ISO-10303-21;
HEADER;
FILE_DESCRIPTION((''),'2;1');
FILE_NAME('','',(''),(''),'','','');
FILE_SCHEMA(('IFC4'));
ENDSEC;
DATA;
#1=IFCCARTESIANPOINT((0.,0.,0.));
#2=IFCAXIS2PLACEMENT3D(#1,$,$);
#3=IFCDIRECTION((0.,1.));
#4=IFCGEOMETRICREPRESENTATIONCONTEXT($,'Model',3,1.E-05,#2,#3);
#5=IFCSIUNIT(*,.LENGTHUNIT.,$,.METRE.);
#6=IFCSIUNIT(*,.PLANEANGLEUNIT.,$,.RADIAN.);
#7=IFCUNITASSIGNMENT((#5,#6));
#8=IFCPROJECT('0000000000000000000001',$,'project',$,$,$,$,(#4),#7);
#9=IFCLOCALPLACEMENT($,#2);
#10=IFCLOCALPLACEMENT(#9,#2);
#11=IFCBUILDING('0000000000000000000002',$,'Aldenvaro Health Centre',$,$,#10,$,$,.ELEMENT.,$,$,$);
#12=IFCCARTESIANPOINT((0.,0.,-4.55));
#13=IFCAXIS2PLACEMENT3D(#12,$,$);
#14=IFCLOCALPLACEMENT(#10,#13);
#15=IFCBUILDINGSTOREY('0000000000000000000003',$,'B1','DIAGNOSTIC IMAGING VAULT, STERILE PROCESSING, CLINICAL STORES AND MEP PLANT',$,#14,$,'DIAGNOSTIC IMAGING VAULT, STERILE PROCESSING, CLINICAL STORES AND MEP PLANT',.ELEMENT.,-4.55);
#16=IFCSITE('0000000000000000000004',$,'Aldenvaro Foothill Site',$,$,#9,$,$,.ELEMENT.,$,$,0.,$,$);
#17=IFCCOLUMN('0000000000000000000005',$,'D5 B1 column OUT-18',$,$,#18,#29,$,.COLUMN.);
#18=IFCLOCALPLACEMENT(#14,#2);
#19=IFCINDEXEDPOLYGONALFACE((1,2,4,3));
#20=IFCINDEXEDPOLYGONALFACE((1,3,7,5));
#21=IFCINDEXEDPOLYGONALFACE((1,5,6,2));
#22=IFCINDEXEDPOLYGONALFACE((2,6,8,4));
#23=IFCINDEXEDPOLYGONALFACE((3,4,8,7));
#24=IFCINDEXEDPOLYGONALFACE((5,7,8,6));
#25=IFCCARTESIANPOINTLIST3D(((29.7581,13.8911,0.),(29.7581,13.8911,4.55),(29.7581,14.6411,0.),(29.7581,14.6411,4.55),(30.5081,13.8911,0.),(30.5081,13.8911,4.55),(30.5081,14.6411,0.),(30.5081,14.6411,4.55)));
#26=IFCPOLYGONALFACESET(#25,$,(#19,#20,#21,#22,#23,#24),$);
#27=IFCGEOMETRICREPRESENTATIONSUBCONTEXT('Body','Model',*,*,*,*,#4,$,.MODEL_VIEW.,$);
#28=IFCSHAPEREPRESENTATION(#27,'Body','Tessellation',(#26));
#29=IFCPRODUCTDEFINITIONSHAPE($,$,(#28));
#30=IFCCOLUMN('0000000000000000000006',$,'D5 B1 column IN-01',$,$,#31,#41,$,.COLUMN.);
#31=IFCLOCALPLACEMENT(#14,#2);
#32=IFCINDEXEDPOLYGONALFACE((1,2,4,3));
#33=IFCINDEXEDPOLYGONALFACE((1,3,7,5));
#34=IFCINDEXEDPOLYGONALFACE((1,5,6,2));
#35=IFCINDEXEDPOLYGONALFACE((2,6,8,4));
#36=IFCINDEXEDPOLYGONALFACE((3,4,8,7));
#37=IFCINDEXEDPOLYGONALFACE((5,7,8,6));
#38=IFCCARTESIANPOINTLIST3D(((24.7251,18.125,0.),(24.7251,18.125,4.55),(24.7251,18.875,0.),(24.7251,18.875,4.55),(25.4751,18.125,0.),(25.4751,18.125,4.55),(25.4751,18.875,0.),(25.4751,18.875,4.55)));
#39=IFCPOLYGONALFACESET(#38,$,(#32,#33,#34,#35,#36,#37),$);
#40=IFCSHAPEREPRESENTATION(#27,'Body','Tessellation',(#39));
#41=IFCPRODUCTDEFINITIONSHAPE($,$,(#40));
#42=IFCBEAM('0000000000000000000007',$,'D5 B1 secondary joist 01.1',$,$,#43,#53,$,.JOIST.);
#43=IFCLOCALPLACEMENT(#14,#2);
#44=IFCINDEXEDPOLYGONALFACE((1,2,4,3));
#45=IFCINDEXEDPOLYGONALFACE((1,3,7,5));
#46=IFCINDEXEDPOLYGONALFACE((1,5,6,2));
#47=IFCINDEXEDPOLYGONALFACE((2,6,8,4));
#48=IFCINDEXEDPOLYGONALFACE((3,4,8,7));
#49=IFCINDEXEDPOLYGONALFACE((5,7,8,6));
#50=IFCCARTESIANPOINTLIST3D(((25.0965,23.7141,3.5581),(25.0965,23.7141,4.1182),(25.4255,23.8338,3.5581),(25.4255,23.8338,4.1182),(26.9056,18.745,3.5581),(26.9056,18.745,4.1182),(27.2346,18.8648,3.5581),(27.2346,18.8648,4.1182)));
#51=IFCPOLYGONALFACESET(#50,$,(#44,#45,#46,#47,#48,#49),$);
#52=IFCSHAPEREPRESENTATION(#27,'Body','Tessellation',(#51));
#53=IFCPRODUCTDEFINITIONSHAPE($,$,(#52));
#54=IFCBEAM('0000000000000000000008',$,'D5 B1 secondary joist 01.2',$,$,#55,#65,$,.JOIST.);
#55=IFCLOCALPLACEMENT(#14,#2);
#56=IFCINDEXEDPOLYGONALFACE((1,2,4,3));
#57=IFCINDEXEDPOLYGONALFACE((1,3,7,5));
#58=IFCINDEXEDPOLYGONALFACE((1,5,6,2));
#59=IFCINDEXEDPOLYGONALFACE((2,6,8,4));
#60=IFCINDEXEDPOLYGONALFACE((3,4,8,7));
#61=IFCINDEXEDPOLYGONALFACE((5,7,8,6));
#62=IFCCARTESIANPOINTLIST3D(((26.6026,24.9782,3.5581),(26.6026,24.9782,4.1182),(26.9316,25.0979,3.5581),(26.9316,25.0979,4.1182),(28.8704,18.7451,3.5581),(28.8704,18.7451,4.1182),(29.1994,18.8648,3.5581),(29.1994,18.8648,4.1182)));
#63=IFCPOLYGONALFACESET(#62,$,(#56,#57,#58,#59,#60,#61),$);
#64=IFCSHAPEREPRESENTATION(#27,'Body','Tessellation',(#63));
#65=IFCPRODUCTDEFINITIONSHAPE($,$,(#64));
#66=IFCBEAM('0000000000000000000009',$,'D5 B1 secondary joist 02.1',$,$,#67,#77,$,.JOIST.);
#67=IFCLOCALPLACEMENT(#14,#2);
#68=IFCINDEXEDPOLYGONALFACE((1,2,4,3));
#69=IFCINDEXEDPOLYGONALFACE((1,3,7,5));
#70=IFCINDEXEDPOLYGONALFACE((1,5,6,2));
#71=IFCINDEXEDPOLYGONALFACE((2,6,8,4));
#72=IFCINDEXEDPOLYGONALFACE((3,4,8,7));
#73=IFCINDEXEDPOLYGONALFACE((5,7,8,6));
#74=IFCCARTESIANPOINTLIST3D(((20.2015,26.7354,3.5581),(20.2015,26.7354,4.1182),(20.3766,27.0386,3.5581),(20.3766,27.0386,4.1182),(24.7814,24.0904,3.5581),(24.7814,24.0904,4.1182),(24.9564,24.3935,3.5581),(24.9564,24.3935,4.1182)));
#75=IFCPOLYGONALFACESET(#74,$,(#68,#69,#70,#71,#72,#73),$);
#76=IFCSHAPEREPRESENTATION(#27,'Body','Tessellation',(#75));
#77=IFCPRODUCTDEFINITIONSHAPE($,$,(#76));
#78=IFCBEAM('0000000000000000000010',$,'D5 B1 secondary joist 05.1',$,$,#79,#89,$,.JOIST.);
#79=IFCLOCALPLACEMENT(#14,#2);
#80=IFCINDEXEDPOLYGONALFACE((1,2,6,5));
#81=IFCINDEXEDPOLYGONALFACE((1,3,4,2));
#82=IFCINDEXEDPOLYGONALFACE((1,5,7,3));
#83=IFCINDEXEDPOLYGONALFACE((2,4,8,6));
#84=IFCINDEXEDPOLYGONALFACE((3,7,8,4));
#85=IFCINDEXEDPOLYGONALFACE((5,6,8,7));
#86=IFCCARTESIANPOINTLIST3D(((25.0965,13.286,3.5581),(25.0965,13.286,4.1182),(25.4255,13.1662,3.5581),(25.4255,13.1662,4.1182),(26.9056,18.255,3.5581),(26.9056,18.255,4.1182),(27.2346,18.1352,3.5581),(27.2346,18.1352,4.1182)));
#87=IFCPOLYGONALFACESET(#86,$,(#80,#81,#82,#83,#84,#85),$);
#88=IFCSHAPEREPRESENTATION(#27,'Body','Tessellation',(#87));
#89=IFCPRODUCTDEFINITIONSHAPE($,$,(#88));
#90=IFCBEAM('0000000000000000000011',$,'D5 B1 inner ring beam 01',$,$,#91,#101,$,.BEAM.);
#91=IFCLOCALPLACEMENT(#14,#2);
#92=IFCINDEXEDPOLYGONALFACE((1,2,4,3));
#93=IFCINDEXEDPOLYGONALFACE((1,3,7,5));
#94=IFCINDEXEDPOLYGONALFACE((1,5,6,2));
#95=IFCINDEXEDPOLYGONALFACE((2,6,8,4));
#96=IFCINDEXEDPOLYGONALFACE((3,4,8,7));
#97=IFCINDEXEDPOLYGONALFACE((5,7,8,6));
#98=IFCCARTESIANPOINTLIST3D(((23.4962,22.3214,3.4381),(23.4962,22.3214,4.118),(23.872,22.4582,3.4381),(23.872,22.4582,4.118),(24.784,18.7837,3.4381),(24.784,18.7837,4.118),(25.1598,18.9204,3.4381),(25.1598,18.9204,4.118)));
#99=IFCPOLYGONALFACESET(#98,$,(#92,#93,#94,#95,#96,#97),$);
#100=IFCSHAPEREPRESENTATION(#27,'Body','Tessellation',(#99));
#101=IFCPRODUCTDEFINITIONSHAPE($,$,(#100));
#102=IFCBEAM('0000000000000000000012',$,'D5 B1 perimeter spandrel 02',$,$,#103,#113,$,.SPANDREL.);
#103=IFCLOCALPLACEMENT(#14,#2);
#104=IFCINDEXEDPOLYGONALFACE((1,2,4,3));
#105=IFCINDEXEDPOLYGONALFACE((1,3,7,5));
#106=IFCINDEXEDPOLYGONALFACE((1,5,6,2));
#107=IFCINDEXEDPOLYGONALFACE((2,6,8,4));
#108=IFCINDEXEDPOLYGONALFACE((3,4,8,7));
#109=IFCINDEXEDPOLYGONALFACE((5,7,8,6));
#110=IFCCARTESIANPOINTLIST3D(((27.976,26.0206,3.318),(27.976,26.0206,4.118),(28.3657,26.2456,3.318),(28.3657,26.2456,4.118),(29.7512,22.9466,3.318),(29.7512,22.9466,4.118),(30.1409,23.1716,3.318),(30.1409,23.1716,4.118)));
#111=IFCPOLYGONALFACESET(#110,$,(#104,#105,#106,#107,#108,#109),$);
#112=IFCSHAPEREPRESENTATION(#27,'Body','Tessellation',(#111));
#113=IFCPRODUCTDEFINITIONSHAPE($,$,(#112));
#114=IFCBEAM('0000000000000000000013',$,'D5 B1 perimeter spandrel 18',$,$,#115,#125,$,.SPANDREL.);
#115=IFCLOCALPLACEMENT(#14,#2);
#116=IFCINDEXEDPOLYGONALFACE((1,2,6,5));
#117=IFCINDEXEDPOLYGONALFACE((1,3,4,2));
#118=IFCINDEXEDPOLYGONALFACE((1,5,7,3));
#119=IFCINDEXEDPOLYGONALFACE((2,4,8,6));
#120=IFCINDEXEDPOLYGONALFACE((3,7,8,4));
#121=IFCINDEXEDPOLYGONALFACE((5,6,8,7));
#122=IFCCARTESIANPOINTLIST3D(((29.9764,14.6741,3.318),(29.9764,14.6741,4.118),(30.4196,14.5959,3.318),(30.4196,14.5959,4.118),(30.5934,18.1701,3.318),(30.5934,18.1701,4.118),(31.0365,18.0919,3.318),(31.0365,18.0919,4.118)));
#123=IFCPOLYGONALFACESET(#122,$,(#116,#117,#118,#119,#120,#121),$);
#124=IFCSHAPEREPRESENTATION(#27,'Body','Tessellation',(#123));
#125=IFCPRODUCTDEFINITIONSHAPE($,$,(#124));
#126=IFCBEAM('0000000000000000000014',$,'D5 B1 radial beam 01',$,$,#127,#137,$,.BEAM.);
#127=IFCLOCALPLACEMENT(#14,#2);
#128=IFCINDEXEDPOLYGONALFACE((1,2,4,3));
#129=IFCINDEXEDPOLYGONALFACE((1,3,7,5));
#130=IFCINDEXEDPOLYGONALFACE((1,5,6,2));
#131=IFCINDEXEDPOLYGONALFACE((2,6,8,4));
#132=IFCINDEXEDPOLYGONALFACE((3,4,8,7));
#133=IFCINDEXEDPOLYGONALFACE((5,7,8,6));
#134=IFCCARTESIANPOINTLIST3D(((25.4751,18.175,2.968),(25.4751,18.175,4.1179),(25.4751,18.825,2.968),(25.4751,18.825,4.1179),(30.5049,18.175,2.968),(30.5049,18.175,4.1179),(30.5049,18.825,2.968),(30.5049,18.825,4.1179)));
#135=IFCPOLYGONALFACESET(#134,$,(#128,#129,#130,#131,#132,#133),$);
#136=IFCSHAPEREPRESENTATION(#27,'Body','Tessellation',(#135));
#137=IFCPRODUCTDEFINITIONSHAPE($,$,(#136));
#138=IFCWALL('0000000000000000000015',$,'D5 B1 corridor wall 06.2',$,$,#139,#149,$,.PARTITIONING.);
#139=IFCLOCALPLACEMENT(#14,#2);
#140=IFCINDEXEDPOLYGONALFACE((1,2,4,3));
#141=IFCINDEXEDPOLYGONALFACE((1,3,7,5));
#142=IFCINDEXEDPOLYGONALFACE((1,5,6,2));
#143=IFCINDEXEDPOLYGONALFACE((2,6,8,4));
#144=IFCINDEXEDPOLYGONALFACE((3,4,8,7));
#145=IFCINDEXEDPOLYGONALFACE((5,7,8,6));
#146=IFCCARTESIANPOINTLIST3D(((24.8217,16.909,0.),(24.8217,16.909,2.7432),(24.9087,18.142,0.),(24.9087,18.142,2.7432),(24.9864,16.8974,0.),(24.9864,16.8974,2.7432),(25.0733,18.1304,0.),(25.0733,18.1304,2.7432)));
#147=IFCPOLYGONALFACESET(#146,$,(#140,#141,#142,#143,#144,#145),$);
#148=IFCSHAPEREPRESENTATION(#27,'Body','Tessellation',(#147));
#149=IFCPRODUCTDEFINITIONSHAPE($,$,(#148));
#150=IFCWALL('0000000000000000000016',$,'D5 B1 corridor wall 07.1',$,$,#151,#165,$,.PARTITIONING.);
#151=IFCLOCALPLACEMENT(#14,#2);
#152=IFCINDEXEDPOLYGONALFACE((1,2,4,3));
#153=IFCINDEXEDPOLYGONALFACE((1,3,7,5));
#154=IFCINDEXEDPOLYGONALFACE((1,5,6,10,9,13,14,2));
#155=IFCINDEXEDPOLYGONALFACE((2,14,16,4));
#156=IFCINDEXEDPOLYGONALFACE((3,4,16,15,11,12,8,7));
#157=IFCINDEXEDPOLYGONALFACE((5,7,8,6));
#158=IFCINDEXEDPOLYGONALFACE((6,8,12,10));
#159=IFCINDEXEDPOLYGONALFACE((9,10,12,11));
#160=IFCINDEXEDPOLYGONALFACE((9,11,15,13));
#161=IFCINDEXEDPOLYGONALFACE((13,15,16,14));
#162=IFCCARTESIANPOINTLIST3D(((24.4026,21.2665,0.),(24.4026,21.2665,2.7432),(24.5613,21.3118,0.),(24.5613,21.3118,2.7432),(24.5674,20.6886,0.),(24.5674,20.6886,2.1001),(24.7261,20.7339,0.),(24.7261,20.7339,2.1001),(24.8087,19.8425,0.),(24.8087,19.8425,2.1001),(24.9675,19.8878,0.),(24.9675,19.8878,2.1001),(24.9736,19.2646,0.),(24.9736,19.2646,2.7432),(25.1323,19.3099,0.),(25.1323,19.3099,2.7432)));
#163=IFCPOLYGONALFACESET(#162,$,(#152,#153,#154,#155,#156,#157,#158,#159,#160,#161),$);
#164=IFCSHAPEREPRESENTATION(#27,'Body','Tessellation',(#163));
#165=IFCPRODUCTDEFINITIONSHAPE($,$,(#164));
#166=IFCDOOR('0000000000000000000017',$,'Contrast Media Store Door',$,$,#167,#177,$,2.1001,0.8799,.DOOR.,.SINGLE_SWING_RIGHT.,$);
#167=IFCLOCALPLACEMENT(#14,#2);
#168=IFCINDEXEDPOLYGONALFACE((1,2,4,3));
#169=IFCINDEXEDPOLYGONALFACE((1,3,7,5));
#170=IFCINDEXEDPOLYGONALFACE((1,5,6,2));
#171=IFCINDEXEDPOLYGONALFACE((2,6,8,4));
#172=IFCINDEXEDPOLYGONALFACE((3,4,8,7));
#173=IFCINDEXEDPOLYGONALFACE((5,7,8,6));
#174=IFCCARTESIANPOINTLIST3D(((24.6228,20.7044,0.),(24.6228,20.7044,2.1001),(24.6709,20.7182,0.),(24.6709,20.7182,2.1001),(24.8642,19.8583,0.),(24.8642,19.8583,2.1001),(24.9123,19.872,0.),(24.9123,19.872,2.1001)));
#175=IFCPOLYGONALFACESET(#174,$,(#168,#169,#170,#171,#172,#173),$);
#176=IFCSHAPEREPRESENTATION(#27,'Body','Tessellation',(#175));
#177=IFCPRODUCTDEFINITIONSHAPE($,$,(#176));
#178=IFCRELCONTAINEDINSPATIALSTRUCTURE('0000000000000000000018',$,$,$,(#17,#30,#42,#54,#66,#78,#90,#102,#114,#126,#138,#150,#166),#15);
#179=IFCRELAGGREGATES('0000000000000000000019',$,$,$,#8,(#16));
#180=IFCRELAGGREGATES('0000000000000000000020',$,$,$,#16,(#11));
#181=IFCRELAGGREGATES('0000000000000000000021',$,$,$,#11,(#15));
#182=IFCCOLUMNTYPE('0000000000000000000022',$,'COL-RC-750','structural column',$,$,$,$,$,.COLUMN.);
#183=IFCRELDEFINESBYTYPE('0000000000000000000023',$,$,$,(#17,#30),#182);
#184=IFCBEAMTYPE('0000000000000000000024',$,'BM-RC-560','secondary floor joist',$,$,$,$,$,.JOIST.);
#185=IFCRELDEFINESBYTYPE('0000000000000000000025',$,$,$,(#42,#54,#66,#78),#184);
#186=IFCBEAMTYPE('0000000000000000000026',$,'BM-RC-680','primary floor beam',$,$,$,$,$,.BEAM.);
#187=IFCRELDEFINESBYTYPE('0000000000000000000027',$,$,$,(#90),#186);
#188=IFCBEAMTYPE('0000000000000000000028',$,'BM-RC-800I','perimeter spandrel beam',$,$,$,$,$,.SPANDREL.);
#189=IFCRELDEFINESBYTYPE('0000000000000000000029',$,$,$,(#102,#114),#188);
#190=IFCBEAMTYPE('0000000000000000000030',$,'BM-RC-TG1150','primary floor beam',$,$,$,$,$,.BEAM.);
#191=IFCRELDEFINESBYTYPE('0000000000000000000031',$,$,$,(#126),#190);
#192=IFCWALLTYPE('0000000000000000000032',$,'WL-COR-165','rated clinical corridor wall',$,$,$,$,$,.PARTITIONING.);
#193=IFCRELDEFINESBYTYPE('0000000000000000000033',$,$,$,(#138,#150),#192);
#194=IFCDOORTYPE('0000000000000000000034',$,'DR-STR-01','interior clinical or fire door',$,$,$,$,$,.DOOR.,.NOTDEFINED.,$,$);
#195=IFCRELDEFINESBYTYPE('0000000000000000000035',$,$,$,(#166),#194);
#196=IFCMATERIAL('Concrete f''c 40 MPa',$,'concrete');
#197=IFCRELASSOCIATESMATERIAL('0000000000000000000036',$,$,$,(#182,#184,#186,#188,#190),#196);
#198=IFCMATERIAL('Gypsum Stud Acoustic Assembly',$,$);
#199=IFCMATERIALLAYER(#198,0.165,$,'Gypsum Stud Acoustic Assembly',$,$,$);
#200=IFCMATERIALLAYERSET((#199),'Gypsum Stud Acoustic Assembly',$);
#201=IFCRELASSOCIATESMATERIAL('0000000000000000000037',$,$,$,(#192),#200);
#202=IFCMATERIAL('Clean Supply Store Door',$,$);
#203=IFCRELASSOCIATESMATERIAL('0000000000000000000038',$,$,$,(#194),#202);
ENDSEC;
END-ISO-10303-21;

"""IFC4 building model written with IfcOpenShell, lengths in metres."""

from ifc_helpers import new_model, si_unit, direction, frame, frame_2d, origin, origin_2d, place, context, subcontext, project, spatial, rectangle, extrude, material, layer, layer_set, material_profile, profile_set, type_object, element, fill, save


model = new_model("IFC4")

# Units and contexts
model_context = context("Model", 3, precision=1e-05, world=origin(), true_north=direction((0.0, 1.0)))
body_context = subcontext(model_context, "Body", "Model", "MODEL_VIEW")
ifc_project = project(units=[si_unit("LENGTHUNIT", "METRE"), si_unit("PLANEANGLEUNIT", "RADIAN")], contexts=[model_context])

# Site, building, storey
site_placement = place(None, origin())
site = spatial("IfcSite", under=ifc_project, at=site_placement, Name="Aldenvaro Foothill Site", CompositionType="ELEMENT", RefElevation=0.0)
building_placement = place(site_placement, origin())
building = spatial("IfcBuilding", under=site, at=building_placement, Name="Aldenvaro Health Centre", CompositionType="ELEMENT")
storey_placement = place(building_placement, frame((0.0, 0.0, -4.55)))
storey = spatial("IfcBuildingStorey", under=building, at=storey_placement, Name="B1", Description="DIAGNOSTIC IMAGING VAULT, STERILE PROCESSING, CLINICAL STORES AND MEP PLANT", LongName="DIAGNOSTIC IMAGING VAULT, STERILE PROCESSING, CLINICAL STORES AND MEP PLANT", CompositionType="ELEMENT", Elevation=-4.55)

# Shared definitions
ifc_material_1 = material(Name="Concrete f'c 40 MPa", Category="concrete")

# Columns
ifc_material_profile_1 = material_profile(ifc_material_1, rectangle(XDim=0.75, YDim=0.75, at=origin_2d()), Name="RC 750x750", Category="concrete")
ifc_profile_set_1 = profile_set([ifc_material_profile_1], Name="Concrete f'c 40 MPa")
column_type = type_object("IfcColumnType", Name="COL-RC-750", Description="structural column", PredefinedType="COLUMN", material=ifc_profile_set_1)
for number, where, z_axis, x_axis, name in (
    (1, (30.1331, 14.2661, 0.0), (0.0, 0.0, 1.0), (1.0, 0.0, 0.0), "D5 B1 column OUT-18"),
    (2, (25.1001, 18.5, 0.0), (0.0, 0.0, 1.0), (1.0, 0.0, 0.0), "D5 B1 column IN-01"),
):
    element("IfcColumn", number, at=place(storey_placement, frame(where, z_axis=z_axis, x_axis=x_axis)), inside=storey, type_object=column_type, Name=name, PredefinedType="COLUMN", context=body_context, shape_type="SweptSolid", body=[
        extrude(rectangle(XDim=0.75, YDim=0.75, at=origin_2d()), origin(), (0.0, 0.0, 1.0), 4.55),
    ])

# Beams
ifc_material_profile_2 = material_profile(ifc_material_1, rectangle(XDim=0.3501, YDim=0.5601, at=origin_2d()), Name="RC 350x560", Category="concrete")
ifc_profile_set_2 = profile_set([ifc_material_profile_2], Name="Concrete f'c 40 MPa")
beam_type_1 = type_object("IfcBeamType", Name="BM-RC-560", Description="secondary floor joist", PredefinedType="JOIST", material=ifc_profile_set_2)
beam_1_placement = place(storey_placement, frame((27.0701, 18.8049, 3.8381), z_axis=(-0.342106, 0.939661, 0.0), x_axis=(-0.939661, -0.342106, 0.0)))
element("IfcBeam", 3, at=beam_1_placement, inside=storey, type_object=beam_type_1, Name="D5 B1 secondary joist 01.1", PredefinedType="JOIST", context=body_context, shape_type="SweptSolid", body=[
    extrude(rectangle(XDim=0.3501, YDim=0.5601, at=origin_2d()), origin(), (0.0, 0.0, 1.0), 5.2881),
])
beam_2_placement = place(storey_placement, frame((29.0349, 18.8049, 3.8381), z_axis=(-0.341906, 0.939734, 0.0), x_axis=(-0.939734, -0.341906, 0.0)))
element("IfcBeam", 4, at=beam_2_placement, inside=storey, type_object=beam_type_1, Name="D5 B1 secondary joist 01.2", PredefinedType="JOIST", context=body_context, shape_type="SweptSolid", body=[
    extrude(rectangle(XDim=0.3501, YDim=0.5601, at=origin_2d()), origin(), (0.0, 0.0, 1.0), 6.6328),
])
beam_3_placement = place(storey_placement, frame((24.8689, 24.2419, 3.8381), z_axis=(-0.865956, 0.500121, 0.0), x_axis=(-0.500121, -0.865956, 0.0)))
element("IfcBeam", 5, at=beam_3_placement, inside=storey, type_object=beam_type_1, Name="D5 B1 secondary joist 02.1", PredefinedType="JOIST", context=body_context, shape_type="SweptSolid", body=[
    extrude(rectangle(XDim=0.3501, YDim=0.5601, at=origin_2d()), origin(), (0.0, 0.0, 1.0), 5.2888),
])
beam_4_placement = place(storey_placement, frame((25.261, 13.2261, 3.8381), z_axis=(0.342106, 0.939661, 0.0), x_axis=(-0.939661, 0.342106, 0.0)))
element("IfcBeam", 6, at=beam_4_placement, inside=storey, type_object=beam_type_1, Name="D5 B1 secondary joist 05.1", PredefinedType="JOIST", context=body_context, shape_type="SweptSolid", body=[
    extrude(rectangle(XDim=0.3501, YDim=0.5601, at=origin_2d()), origin(), (0.0, 0.0, 1.0), 5.2881),
])
ifc_material_profile_3 = material_profile(ifc_material_1, rectangle(XDim=0.3999, YDim=0.6799, at=origin_2d()), Name="RC 400x680", Category="concrete")
ifc_profile_set_3 = profile_set([ifc_material_profile_3], Name="Concrete f'c 40 MPa")
beam_type_2 = type_object("IfcBeamType", Name="BM-RC-680", Description="primary floor beam", PredefinedType="BEAM", material=ifc_profile_set_3)
beam_5_placement = place(storey_placement, frame((24.9719, 18.8521, 3.7781), z_axis=(-0.342061, 0.939678, 0.0), x_axis=(-0.939678, -0.342061, 0.0)))
element("IfcBeam", 7, at=beam_5_placement, inside=storey, type_object=beam_type_2, Name="D5 B1 inner ring beam 01", PredefinedType="BEAM", context=body_context, shape_type="SweptSolid", body=[
    extrude(rectangle(XDim=0.3999, YDim=0.6799, at=origin_2d()), origin(), (0.0, 0.0, 1.0), 3.7649),
])
ifc_material_profile_4 = material_profile(ifc_material_1, rectangle(XDim=0.45, YDim=0.8, at=origin_2d()), Name="RC 450x800", Category="concrete")
ifc_profile_set_4 = profile_set([ifc_material_profile_4], Name="Concrete f'c 40 MPa")
beam_type_3 = type_object("IfcBeamType", Name="BM-RC-800I", Description="perimeter spandrel beam", PredefinedType="SPANDREL", material=ifc_profile_set_4)
beam_6_placement = place(storey_placement, frame((29.946, 23.0591, 3.718), z_axis=(-0.500082, 0.865978, 0.0), x_axis=(-0.865978, -0.500082, 0.0)))
element("IfcBeam", 8, at=beam_6_placement, inside=storey, type_object=beam_type_3, Name="D5 B1 perimeter spandrel 02", PredefinedType="SPANDREL", context=body_context, shape_type="SweptSolid", body=[
    extrude(rectangle(XDim=0.45, YDim=0.8, at=origin_2d()), origin(), (0.0, 0.0, 1.0), 3.5498),
])
beam_7_placement = place(storey_placement, frame((30.198, 14.635, 3.718), z_axis=(0.173781, 0.984784, 0.0), x_axis=(-0.984784, 0.173781, 0.0)))
element("IfcBeam", 9, at=beam_7_placement, inside=storey, type_object=beam_type_3, Name="D5 B1 perimeter spandrel 18", PredefinedType="SPANDREL", context=body_context, shape_type="SweptSolid", body=[
    extrude(rectangle(XDim=0.45, YDim=0.8, at=origin_2d()), origin(), (0.0, 0.0, 1.0), 3.55),
])
ifc_material_profile_5 = material_profile(ifc_material_1, rectangle(XDim=0.6499, YDim=1.1499, at=origin_2d()), Name="RC 650x1150", Category="concrete")
ifc_profile_set_5 = profile_set([ifc_material_profile_5], Name="Concrete f'c 40 MPa")
beam_type_4 = type_object("IfcBeamType", Name="BM-RC-TG1150", Description="primary floor beam", PredefinedType="BEAM", material=ifc_profile_set_5)
beam_8_placement = place(storey_placement, frame((25.4751, 18.5, 3.543), z_axis=(1.0, 0.0, 0.0), x_axis=(0.0, 1.0, 0.0)))
element("IfcBeam", 10, at=beam_8_placement, inside=storey, type_object=beam_type_4, Name="D5 B1 radial beam 01", PredefinedType="BEAM", context=body_context, shape_type="SweptSolid", body=[
    extrude(rectangle(XDim=0.6499, YDim=1.1499, at=origin_2d()), origin(), (0.0, 0.0, 1.0), 5.0298),
])

# Wall
ifc_material_2 = material(Name="Gypsum Stud Acoustic Assembly")
ifc_layer_1 = layer(ifc_material_2, 0.165, Name="Gypsum Stud Acoustic Assembly")
ifc_layer_set_1 = layer_set([ifc_layer_1], Name="Gypsum Stud Acoustic Assembly")
wall_type_1 = type_object("IfcWallType", Name="WL-COR-165", Description="rated clinical corridor wall", PredefinedType="PARTITIONING", material=ifc_layer_set_1)
wall_1_placement = place(storey_placement, frame((24.9041, 16.9031, 0.0), z_axis=(0.0, 0.0, 1.0), x_axis=(0.070321, 0.997524, 0.0)))
element("IfcWall", 11, at=wall_1_placement, inside=storey, type_object=wall_type_1, Name="D5 B1 corridor wall 06.2", PredefinedType="PARTITIONING", context=body_context, shape_type="SweptSolid", body=[
    extrude(rectangle(XDim=1.2361, YDim=0.165, at=frame_2d((0.6182, 0.0))), origin(), (0.0, 0.0, 1.0), 2.7432),
])

# Wall, opening, door
wall_2_placement = place(storey_placement, frame((25.053, 19.2871, 0.0), z_axis=(0.0, 0.0, 1.0), x_axis=(-0.274303, 0.961643, 0.0)))
wall_2 = element("IfcWall", 12, at=wall_2_placement, inside=storey, type_object=wall_type_1, Name="D5 B1 corridor wall 07.1", PredefinedType="PARTITIONING", context=body_context, shape_type="SweptSolid", body=[
    extrude(rectangle(XDim=2.0818, YDim=0.165, at=frame_2d((1.041, 0.0))), origin(), (0.0, 0.0, 1.0), 2.7432),
])
opening_placement = place(wall_2_placement, frame((0.6011, 0.0, 0.0)))
opening = element("IfcOpeningElement", 13, at=opening_placement, cuts=wall_2, PredefinedType="OPENING", context=body_context, shape_type="SweptSolid", body=[
    extrude(rectangle(XDim=0.8799, YDim=2.1001, at=frame_2d((0.4399, 1.05))), frame((0.0, 0.0925, 0.0), z_axis=(0.0, -1.0, 0.0), x_axis=(1.0, 0.0, 0.0)), (0.0, 0.0, 1.0), 0.1851),
])
ifc_material_3 = material(Name="Clean Supply Store Door")
door_type = type_object("IfcDoorType", Name="DR-STR-01", Description="interior clinical or fire door", OperationType="NOTDEFINED", PredefinedType="DOOR", material=ifc_material_3)
door_placement = place(opening_placement, origin())
door = element("IfcDoor", 14, at=door_placement, inside=storey, type_object=door_type, Name="Contrast Media Store Door", OperationType="SINGLE_SWING_RIGHT", OverallHeight=2.1001, OverallWidth=0.8799, PredefinedType="DOOR", context=body_context, shape_type="SweptSolid", body=[
    extrude(rectangle(XDim=0.8799, YDim=2.1001, at=frame_2d((0.4399, 1.05))), frame((0.0, 0.0249, 0.0), z_axis=(0.0, -1.0, 0.0), x_axis=(1.0, 0.0, 0.0)), (0.0, 0.0, 1.0), 0.05),
])
fill(opening, door)

save(model, "model.ifc")
